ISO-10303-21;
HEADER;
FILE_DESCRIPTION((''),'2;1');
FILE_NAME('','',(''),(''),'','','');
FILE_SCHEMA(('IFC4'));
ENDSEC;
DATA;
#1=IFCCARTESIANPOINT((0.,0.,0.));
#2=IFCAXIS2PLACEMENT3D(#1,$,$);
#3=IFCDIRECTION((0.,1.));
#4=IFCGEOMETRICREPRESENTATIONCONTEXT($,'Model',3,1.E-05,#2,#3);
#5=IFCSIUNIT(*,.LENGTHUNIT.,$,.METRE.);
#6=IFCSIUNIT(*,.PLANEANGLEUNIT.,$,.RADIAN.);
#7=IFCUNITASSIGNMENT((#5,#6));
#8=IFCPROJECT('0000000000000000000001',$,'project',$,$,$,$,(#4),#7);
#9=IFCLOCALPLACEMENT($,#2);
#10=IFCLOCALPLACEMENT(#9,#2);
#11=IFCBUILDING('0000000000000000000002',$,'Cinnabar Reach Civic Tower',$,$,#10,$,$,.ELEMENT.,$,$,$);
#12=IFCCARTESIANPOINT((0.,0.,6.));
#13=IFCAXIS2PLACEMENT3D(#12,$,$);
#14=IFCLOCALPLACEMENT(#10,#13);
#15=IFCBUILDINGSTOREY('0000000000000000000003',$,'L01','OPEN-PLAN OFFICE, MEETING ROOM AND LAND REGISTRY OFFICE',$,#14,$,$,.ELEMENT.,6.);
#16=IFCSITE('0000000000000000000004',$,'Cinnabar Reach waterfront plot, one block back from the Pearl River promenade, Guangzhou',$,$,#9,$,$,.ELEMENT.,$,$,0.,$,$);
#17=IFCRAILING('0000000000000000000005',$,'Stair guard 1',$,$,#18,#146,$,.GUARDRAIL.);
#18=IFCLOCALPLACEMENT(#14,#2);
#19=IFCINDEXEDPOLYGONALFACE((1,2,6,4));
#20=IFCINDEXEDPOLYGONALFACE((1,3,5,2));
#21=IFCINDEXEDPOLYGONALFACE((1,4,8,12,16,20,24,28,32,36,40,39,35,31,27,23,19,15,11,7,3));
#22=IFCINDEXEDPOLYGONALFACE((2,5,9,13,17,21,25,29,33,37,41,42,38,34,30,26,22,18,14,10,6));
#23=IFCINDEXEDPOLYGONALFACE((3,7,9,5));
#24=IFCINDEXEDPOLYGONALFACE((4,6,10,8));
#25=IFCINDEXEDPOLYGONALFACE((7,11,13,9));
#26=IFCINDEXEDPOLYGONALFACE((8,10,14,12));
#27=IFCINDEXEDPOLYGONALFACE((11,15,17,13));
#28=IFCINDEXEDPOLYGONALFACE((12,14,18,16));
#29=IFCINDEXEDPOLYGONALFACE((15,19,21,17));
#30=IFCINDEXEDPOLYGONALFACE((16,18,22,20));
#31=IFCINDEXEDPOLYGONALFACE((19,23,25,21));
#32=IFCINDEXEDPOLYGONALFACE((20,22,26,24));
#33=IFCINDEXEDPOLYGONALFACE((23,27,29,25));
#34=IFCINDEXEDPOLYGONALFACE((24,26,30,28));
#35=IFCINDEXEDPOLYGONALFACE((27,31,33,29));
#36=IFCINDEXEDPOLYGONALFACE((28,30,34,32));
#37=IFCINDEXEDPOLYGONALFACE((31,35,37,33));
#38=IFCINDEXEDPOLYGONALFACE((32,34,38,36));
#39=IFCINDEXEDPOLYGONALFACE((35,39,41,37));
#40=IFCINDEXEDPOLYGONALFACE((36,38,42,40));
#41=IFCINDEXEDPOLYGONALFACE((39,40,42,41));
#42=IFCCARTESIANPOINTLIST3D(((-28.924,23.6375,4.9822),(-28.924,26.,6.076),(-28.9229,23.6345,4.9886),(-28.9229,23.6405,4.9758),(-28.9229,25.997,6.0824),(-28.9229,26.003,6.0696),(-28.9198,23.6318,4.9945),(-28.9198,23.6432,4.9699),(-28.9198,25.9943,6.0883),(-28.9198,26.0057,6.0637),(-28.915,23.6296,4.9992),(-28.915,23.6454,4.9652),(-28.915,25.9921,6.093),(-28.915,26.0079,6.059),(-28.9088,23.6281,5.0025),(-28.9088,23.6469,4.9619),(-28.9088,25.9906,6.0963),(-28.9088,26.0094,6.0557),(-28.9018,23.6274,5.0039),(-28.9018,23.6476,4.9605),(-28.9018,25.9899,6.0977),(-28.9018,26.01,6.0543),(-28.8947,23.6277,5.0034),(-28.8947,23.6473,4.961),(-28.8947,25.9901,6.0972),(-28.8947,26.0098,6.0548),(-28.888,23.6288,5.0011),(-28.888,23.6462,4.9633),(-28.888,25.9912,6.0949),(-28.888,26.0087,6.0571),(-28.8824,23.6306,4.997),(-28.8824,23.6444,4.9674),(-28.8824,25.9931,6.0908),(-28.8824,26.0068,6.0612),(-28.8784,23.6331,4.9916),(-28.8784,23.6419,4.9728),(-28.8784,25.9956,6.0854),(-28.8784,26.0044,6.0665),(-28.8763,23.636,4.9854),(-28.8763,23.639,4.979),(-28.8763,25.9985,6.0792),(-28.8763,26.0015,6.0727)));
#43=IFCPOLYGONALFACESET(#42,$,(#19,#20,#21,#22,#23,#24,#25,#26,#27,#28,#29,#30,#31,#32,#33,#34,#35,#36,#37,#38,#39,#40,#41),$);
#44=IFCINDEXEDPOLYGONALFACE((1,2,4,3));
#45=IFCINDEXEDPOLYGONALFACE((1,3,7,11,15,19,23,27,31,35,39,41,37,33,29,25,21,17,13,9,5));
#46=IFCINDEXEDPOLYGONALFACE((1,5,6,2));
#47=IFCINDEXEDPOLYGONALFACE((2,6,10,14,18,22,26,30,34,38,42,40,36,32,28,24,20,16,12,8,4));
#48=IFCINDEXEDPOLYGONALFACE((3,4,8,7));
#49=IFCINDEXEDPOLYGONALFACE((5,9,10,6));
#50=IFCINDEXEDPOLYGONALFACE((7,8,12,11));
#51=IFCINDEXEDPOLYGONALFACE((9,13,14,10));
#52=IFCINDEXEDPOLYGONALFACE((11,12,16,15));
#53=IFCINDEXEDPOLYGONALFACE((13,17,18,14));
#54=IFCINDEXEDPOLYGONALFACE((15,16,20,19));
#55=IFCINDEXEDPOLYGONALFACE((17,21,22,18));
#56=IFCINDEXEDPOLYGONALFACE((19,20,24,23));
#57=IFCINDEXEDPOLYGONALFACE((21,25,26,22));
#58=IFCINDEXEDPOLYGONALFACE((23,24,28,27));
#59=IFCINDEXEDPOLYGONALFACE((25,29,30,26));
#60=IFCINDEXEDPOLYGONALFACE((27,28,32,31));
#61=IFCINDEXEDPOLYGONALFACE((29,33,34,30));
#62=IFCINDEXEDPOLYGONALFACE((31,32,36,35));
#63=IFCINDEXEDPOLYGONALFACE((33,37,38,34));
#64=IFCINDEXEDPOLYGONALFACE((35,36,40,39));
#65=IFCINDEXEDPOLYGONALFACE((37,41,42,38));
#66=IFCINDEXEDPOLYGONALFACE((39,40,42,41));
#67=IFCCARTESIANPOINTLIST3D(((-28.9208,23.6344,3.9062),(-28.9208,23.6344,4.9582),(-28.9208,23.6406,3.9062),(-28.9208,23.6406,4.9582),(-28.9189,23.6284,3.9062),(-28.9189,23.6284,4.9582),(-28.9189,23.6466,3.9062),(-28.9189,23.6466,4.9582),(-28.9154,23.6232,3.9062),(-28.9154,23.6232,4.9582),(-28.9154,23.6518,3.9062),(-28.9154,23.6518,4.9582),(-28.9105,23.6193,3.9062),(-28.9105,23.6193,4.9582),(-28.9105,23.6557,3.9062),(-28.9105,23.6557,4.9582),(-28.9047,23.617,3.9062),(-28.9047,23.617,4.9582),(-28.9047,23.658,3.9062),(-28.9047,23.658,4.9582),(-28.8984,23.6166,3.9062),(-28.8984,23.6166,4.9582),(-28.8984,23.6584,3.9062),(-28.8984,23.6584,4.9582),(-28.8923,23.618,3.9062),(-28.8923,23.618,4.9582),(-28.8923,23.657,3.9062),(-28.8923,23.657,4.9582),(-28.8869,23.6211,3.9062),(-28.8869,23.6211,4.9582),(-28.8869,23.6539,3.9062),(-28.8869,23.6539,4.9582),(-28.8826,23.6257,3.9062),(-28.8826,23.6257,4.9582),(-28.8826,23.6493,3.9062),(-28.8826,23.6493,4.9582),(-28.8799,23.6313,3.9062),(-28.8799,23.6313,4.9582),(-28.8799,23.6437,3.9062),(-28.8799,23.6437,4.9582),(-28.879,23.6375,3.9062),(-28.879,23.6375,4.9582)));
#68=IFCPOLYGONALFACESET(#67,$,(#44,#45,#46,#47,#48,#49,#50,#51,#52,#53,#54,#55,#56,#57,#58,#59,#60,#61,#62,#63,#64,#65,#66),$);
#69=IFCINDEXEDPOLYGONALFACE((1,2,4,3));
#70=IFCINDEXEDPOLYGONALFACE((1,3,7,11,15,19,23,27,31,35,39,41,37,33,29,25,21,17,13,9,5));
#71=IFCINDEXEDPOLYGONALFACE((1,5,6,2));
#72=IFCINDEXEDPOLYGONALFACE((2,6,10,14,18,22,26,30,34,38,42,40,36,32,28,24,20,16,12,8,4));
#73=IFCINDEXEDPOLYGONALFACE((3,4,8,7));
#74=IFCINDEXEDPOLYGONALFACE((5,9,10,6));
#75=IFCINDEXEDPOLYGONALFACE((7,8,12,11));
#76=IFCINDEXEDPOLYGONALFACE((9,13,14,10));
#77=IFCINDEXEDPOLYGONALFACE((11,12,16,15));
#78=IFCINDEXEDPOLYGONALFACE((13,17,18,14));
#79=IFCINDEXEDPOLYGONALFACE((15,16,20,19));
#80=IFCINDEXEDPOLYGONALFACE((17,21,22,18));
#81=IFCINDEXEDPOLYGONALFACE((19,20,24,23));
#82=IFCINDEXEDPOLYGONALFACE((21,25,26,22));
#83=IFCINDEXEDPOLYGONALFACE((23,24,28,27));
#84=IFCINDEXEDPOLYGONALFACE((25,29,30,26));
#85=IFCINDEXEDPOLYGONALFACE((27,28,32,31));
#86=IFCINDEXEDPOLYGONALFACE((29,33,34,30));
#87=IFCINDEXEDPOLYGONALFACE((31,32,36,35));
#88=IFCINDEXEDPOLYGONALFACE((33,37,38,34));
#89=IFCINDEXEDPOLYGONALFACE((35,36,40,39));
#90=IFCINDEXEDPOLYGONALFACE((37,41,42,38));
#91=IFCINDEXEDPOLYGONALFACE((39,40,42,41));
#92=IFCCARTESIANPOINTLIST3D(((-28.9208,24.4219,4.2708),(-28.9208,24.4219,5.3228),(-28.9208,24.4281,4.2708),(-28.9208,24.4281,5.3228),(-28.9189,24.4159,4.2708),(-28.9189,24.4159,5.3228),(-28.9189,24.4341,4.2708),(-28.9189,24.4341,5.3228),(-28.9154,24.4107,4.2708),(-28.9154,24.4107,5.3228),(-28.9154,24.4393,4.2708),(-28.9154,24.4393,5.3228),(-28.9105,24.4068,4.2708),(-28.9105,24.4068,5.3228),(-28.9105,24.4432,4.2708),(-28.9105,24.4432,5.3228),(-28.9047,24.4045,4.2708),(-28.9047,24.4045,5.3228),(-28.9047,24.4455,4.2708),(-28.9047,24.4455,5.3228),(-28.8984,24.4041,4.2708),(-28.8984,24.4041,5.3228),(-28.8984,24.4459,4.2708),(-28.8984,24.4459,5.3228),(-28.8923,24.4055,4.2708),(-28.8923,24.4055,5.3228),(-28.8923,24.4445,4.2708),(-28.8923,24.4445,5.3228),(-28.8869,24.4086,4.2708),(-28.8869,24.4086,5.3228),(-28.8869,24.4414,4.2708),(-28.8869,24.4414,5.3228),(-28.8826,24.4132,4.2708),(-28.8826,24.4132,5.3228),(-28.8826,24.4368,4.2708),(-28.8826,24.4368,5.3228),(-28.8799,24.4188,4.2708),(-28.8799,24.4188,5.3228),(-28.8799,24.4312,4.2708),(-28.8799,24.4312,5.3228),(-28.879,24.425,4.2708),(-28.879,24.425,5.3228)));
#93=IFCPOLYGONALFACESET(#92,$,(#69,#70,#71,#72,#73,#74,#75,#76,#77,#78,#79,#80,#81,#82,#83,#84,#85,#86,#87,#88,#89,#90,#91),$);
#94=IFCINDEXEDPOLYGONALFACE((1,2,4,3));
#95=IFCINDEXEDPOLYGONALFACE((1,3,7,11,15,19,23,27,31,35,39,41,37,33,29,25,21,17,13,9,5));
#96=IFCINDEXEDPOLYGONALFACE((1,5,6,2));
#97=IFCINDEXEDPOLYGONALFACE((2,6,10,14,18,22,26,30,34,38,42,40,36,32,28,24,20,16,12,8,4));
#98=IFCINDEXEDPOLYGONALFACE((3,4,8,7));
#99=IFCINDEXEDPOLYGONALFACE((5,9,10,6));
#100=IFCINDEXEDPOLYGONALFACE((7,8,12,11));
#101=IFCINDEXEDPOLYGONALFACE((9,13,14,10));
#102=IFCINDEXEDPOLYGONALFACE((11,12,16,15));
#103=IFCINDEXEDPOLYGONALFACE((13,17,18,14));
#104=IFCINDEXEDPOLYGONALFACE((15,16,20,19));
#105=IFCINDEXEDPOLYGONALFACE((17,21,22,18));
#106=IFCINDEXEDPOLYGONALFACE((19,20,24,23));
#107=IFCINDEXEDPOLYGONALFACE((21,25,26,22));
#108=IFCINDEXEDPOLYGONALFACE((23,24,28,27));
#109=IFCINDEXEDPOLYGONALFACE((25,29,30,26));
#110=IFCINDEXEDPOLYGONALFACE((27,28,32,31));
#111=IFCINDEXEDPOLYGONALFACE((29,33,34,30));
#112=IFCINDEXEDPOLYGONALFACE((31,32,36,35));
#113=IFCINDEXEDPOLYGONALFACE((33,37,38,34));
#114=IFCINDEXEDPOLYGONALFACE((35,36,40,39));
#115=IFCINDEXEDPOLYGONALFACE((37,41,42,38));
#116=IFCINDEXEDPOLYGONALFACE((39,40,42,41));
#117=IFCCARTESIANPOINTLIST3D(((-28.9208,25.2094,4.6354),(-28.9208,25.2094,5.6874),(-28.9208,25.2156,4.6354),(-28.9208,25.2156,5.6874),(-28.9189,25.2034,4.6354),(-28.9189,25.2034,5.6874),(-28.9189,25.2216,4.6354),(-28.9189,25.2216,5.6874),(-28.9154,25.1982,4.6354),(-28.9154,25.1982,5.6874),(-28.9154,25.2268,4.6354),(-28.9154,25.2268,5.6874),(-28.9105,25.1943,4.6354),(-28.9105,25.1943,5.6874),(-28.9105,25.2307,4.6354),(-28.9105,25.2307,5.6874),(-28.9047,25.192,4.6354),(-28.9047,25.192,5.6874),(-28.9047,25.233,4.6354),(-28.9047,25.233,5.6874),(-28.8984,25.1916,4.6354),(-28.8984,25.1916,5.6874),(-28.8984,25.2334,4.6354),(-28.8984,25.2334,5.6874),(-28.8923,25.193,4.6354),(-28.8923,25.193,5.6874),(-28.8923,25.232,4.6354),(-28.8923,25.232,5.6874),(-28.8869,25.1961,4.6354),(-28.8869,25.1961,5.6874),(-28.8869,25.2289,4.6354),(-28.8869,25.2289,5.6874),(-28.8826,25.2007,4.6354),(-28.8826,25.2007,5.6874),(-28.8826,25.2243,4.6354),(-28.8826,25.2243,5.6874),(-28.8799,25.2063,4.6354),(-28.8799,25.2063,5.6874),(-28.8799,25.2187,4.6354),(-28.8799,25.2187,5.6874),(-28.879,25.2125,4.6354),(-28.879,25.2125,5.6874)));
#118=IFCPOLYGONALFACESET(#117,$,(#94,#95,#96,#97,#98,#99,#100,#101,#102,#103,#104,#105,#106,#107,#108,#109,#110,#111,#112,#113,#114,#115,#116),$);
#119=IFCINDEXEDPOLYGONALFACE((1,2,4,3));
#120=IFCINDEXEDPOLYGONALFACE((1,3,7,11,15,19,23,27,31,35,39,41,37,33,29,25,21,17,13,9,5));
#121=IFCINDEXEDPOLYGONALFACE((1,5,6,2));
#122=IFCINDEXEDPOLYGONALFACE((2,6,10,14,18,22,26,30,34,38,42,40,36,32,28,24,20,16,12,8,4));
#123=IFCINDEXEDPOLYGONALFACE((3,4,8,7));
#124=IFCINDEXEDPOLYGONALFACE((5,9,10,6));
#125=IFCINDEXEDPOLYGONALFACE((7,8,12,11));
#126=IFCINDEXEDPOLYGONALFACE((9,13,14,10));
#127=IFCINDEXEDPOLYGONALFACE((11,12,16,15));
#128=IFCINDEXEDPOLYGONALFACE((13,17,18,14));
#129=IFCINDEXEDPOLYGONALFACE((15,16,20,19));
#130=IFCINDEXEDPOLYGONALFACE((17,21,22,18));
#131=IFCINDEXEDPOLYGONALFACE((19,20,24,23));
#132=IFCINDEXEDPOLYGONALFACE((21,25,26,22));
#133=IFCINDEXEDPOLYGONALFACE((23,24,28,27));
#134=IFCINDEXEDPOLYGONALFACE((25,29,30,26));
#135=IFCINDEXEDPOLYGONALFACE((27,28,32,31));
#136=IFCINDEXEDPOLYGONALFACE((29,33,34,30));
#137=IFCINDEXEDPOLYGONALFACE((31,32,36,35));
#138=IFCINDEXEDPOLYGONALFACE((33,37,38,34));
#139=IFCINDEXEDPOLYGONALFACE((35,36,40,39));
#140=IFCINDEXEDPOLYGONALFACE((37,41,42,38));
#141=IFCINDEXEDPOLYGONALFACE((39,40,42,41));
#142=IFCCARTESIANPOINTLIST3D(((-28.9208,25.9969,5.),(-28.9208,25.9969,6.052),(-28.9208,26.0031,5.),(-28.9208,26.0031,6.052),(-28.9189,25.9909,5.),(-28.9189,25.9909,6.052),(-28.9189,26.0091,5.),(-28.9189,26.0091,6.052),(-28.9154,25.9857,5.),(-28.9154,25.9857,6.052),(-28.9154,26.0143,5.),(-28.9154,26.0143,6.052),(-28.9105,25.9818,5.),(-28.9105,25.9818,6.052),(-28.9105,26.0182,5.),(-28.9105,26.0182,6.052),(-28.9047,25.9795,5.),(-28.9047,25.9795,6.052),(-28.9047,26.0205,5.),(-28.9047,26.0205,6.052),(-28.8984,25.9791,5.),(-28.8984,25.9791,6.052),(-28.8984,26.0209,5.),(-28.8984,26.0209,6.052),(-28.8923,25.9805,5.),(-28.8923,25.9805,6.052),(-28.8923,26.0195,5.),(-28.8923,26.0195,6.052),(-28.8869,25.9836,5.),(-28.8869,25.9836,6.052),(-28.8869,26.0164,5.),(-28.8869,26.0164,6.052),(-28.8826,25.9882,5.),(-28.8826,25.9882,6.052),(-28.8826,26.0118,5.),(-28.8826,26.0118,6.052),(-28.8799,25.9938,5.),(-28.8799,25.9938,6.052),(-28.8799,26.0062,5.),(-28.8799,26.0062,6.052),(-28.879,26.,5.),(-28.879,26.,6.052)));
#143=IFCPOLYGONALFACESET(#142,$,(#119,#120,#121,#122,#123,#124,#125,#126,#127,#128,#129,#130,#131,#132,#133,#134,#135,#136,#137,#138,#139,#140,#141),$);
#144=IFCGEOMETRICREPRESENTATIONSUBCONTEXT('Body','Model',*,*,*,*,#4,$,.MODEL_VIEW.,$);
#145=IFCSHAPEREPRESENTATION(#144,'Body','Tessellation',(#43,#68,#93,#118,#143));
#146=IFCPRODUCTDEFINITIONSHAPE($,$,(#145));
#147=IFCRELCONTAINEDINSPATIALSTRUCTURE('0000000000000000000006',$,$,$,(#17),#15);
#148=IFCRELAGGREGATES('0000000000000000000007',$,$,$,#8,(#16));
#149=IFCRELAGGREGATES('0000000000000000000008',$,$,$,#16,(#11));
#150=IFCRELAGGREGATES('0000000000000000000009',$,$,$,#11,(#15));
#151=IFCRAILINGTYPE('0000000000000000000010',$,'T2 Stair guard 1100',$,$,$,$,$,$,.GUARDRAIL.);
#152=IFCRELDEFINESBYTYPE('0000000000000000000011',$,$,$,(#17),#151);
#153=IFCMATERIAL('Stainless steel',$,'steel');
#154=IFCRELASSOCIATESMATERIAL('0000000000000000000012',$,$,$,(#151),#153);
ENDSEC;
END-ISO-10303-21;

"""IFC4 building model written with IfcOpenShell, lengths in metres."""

from ifc_helpers import new_model, si_unit, direction, frame, origin, origin_2d, place, context, subcontext, project, spatial, circle, extrude, material, type_object, element, save


model = new_model("IFC4")

# Units and contexts
model_context = context("Model", 3, precision=1e-05, world=origin(), true_north=direction((0.0, 1.0)))
body_context = subcontext(model_context, "Body", "Model", "MODEL_VIEW")
ifc_project = project(units=[si_unit("LENGTHUNIT", "METRE"), si_unit("PLANEANGLEUNIT", "RADIAN")], contexts=[model_context])

# Site, building, storey
site_placement = place(None, origin())
site = spatial("IfcSite", under=ifc_project, at=site_placement, Name="Cinnabar Reach waterfront plot, one block back from the Pearl River promenade, Guangzhou", CompositionType="ELEMENT", RefElevation=0.0)
building_placement = place(site_placement, origin())
building = spatial("IfcBuilding", under=site, at=building_placement, Name="Cinnabar Reach Civic Tower", CompositionType="ELEMENT")
storey_placement = place(building_placement, frame((0.0, 0.0, 6.0)))
storey = spatial("IfcBuildingStorey", under=building, at=storey_placement, Name="L01", Description="OPEN-PLAN OFFICE, MEETING ROOM AND LAND REGISTRY OFFICE", CompositionType="ELEMENT", Elevation=6.0)

# Railing
ifc_material_1 = material(Name="Stainless steel", Category="steel")
railing_type = type_object("IfcRailingType", Name="T2 Stair guard 1100", PredefinedType="GUARDRAIL", material=ifc_material_1)
railing_placement = place(storey_placement, frame((-28.9, 23.6375, 3.9062)))
element("IfcRailing", 1, at=railing_placement, inside=storey, type_object=railing_type, Name="Stair guard 1", PredefinedType="GUARDRAIL", context=body_context, shape_type="SweptSolid", body=[
    extrude(circle(Radius=0.024, at=origin_2d()), frame((0.0, 0.0, 1.076), z_axis=(0.0, 0.90746, 0.420139), x_axis=(-1.0, 0.0, 0.0)), (0.0, 0.0, 1.0), 2.6034),
    extrude(circle(Radius=0.021, at=origin_2d()), origin(), (0.0, 0.0, 1.0), 1.052),
    extrude(circle(Radius=0.021, at=origin_2d()), frame((0.0, 0.7875, 0.3646)), (0.0, 0.0, 1.0), 1.052),
    extrude(circle(Radius=0.021, at=origin_2d()), frame((0.0, 1.575, 0.7292)), (0.0, 0.0, 1.0), 1.052),
    extrude(circle(Radius=0.021, at=origin_2d()), frame((0.0, 2.3625, 1.0938)), (0.0, 0.0, 1.0), 1.052),
])

save(model, "model.ifc")
